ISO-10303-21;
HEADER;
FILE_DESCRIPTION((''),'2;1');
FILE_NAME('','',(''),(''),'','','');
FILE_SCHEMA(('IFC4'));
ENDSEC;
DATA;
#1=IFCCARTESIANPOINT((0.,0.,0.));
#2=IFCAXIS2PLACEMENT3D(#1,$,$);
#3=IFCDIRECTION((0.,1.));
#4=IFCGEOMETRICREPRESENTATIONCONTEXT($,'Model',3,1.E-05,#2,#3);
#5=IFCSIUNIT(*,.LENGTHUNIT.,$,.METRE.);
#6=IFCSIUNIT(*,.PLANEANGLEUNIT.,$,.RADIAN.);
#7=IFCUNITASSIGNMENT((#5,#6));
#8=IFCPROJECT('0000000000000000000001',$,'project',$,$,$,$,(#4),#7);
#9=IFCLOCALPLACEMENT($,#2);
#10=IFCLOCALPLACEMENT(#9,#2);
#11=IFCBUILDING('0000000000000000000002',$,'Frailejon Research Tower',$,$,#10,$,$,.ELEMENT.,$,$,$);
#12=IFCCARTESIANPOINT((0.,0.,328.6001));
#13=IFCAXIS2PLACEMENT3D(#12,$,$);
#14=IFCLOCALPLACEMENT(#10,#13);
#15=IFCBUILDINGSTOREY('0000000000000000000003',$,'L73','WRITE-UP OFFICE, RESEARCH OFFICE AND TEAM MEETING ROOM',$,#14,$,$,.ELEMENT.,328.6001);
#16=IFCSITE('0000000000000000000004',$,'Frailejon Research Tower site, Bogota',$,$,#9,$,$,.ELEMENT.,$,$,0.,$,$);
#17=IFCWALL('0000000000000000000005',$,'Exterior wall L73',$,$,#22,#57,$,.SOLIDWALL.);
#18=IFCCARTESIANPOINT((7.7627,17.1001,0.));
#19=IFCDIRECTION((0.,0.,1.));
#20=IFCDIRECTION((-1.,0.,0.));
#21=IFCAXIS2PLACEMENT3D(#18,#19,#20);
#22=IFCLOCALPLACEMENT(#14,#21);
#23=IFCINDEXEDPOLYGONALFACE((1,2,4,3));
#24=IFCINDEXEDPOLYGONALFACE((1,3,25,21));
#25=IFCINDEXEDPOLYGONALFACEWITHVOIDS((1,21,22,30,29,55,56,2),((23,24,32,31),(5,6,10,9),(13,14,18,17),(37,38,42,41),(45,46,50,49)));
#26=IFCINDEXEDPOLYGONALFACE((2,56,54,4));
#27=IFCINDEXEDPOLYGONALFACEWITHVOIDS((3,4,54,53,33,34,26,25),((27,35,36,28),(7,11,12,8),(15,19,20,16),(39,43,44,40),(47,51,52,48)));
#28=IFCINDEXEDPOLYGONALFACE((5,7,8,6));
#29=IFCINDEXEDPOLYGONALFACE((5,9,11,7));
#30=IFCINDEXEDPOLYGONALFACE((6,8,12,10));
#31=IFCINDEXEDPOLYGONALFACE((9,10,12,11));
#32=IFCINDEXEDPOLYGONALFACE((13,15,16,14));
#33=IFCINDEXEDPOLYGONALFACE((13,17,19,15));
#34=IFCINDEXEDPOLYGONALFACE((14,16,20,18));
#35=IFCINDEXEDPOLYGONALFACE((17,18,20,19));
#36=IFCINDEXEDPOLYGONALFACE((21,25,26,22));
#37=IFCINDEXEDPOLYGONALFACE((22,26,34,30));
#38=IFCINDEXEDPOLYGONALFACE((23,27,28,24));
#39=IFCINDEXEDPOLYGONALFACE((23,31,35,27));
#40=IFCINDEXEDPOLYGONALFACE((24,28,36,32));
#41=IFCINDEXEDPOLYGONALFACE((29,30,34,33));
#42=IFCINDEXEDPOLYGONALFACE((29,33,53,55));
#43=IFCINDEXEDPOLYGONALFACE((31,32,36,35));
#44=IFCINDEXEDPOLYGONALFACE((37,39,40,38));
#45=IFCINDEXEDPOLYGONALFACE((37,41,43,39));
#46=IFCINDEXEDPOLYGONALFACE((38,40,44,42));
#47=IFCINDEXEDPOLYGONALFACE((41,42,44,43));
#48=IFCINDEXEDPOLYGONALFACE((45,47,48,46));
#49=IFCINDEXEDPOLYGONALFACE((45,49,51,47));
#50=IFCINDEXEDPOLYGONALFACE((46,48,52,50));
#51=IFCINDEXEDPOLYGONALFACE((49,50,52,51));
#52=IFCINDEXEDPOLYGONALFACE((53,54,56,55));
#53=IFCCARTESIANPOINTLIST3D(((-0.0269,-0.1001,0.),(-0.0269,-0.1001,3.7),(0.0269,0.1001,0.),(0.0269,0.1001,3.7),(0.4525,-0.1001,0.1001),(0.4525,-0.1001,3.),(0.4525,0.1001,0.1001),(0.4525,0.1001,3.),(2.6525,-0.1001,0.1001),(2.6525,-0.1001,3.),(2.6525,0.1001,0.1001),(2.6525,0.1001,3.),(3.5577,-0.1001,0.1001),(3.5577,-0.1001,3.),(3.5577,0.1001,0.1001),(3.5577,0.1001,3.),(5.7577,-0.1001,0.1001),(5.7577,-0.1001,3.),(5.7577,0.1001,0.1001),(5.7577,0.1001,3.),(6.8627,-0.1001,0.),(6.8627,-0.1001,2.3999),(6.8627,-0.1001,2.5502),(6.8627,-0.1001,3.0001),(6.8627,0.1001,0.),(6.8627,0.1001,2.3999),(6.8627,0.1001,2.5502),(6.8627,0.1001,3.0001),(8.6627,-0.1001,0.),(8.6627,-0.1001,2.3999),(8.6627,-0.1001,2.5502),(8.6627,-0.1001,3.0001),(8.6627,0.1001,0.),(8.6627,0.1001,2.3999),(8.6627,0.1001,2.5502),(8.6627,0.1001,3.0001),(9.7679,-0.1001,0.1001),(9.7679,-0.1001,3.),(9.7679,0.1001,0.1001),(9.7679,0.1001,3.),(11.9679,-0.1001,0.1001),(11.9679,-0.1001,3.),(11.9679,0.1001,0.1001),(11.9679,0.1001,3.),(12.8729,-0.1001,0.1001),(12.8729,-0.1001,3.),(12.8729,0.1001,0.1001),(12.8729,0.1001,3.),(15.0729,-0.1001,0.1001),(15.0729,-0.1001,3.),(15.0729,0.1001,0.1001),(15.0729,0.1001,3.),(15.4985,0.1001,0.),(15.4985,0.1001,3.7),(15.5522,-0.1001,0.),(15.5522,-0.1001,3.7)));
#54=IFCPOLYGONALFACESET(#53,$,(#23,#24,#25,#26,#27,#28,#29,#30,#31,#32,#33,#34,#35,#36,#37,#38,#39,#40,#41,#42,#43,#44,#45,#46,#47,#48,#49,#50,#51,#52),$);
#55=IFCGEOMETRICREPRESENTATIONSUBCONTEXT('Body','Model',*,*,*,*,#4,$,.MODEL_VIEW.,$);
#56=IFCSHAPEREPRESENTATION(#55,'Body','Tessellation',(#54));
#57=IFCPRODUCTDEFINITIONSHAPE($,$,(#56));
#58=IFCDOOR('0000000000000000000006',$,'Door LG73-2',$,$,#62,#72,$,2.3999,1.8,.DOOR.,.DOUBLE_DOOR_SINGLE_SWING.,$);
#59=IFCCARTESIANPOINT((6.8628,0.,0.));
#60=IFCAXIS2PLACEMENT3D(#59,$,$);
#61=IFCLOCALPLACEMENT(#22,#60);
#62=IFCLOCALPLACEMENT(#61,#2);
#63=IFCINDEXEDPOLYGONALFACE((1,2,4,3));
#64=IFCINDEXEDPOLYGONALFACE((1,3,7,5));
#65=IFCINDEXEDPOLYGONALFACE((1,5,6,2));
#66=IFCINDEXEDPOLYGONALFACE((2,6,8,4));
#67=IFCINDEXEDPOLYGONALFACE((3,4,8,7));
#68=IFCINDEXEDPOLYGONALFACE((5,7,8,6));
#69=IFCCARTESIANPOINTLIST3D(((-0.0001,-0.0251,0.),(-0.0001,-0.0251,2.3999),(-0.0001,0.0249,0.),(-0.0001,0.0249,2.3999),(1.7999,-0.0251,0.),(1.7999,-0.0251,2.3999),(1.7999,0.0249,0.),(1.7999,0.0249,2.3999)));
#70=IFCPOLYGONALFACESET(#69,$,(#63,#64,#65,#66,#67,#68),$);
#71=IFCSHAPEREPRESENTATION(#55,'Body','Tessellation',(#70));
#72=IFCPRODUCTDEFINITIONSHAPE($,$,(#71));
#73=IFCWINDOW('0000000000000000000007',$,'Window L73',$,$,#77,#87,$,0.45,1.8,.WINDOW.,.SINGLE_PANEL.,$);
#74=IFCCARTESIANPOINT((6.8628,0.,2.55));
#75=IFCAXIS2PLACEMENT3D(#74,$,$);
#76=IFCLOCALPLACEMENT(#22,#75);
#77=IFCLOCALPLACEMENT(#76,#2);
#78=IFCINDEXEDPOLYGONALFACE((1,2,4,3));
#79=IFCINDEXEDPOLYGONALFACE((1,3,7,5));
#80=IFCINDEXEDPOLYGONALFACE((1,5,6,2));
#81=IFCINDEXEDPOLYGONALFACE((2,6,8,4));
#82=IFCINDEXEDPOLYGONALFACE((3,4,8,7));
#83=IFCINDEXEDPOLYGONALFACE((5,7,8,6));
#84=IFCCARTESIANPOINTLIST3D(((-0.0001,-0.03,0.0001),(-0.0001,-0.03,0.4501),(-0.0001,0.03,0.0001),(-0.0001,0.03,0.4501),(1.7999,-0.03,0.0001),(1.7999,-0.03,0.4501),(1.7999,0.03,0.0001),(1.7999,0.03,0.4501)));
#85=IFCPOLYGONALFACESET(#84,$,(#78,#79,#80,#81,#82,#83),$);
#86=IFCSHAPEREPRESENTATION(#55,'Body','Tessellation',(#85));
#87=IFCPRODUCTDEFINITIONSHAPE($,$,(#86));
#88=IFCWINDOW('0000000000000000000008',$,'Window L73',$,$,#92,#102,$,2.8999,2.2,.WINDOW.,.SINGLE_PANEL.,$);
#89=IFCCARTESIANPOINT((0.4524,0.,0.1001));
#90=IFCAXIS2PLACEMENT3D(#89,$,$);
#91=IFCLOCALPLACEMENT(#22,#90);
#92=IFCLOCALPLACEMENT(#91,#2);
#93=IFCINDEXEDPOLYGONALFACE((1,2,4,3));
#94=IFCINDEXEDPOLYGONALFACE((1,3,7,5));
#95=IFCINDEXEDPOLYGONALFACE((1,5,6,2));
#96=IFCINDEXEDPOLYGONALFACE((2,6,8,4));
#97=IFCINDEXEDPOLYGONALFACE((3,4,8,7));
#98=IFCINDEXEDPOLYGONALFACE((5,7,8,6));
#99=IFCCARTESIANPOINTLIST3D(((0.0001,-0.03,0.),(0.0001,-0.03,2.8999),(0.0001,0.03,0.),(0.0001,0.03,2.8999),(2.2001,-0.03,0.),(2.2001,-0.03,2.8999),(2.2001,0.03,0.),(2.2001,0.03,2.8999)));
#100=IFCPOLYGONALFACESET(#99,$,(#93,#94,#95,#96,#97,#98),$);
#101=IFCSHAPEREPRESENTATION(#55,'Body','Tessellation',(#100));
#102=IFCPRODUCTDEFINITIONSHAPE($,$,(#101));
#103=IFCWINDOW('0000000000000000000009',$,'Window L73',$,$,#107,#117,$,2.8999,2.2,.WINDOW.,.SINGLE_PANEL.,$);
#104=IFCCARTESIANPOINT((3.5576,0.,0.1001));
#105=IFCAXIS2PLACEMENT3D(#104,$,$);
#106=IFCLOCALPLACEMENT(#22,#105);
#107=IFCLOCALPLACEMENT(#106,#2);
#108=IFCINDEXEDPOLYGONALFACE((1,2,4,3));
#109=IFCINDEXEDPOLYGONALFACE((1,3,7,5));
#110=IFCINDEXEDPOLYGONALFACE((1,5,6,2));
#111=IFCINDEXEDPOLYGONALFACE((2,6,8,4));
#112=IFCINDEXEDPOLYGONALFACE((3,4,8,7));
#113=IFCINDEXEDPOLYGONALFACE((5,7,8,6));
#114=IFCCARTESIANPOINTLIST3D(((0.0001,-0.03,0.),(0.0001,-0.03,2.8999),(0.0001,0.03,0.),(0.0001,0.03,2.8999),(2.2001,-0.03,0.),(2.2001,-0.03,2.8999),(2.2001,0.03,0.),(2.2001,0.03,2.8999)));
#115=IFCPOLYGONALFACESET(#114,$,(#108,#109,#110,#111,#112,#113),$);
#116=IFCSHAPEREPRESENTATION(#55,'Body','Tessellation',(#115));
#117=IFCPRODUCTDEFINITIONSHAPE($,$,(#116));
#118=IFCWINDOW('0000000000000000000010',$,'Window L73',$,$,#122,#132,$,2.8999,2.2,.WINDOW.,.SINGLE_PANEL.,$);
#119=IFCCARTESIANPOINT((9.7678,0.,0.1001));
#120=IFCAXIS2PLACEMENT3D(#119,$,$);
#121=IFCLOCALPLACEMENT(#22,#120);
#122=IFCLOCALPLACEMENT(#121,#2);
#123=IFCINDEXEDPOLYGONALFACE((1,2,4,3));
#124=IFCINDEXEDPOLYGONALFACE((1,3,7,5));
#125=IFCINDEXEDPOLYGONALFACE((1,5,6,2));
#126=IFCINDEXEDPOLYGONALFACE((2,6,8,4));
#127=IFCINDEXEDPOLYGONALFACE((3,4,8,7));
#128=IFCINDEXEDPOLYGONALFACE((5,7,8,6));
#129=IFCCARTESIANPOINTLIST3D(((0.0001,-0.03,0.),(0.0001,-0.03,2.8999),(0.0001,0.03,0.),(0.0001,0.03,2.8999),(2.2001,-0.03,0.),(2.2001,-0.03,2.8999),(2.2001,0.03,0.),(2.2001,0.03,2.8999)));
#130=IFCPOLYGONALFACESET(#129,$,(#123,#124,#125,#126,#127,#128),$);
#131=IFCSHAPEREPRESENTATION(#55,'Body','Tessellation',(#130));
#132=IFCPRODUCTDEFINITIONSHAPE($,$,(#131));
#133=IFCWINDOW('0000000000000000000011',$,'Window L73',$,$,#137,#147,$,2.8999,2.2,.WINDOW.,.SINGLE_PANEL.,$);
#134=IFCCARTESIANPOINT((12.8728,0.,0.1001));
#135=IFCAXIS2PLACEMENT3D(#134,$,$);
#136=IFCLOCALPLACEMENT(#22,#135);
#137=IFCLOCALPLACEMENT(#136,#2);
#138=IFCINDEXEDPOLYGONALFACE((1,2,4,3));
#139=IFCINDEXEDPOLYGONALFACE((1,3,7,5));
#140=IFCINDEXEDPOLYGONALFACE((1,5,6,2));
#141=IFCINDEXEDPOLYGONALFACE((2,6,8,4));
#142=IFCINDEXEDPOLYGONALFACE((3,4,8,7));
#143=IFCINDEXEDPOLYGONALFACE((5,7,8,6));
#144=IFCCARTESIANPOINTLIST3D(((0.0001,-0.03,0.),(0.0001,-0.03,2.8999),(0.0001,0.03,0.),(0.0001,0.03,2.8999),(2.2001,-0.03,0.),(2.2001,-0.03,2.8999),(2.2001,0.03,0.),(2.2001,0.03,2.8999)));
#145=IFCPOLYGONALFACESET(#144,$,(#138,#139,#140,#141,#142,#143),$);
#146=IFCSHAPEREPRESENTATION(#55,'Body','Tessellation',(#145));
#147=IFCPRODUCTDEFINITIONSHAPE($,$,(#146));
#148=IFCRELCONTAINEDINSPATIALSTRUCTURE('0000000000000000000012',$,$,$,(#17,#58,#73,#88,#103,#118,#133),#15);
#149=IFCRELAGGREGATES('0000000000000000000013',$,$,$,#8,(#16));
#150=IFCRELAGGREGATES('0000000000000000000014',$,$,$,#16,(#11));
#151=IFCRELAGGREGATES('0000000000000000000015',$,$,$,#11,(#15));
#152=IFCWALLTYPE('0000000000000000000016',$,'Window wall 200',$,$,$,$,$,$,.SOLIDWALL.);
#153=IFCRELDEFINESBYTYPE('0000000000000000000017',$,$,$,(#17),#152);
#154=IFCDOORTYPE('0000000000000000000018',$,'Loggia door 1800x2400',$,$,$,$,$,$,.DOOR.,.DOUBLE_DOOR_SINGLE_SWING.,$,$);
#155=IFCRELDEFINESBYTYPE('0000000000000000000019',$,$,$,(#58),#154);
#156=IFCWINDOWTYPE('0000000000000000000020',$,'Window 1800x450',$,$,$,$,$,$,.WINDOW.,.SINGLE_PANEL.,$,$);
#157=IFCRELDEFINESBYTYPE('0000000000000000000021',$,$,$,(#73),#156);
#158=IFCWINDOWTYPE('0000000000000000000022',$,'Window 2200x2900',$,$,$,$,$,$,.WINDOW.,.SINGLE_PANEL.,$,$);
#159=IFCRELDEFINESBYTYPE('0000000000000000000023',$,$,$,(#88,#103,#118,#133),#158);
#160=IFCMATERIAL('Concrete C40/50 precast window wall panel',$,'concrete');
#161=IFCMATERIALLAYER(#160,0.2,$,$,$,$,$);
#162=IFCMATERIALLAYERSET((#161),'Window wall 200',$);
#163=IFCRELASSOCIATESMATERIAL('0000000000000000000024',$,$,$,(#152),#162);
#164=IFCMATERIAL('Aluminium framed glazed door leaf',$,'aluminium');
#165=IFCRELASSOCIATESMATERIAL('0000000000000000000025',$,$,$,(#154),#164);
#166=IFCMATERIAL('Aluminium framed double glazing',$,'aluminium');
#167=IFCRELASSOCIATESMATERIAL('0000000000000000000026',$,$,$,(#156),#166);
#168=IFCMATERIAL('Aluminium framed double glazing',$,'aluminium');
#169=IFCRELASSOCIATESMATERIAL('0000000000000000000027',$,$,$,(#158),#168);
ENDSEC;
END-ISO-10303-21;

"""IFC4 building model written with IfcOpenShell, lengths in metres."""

from ifc_helpers import new_model, si_unit, direction, frame, frame_2d, origin, place, context, subcontext, project, spatial, polyline, rectangle, outline, extrude, material, layer, layer_set, type_object, element, fill, save


model = new_model("IFC4")

# Units and contexts
model_context = context("Model", 3, precision=1e-05, world=origin(), true_north=direction((0.0, 1.0)))
body_context = subcontext(model_context, "Body", "Model", "MODEL_VIEW")
ifc_project = project(units=[si_unit("LENGTHUNIT", "METRE"), si_unit("PLANEANGLEUNIT", "RADIAN")], contexts=[model_context])

# Site, building, storey
site_placement = place(None, origin())
site = spatial("IfcSite", under=ifc_project, at=site_placement, Name="Frailejon Research Tower site, Bogota", CompositionType="ELEMENT", RefElevation=0.0)
building_placement = place(site_placement, origin())
building = spatial("IfcBuilding", under=site, at=building_placement, Name="Frailejon Research Tower", CompositionType="ELEMENT")
storey_placement = place(building_placement, frame((0.0, 0.0, 328.6001)))
storey = spatial("IfcBuildingStorey", under=building, at=storey_placement, Name="L73", Description="WRITE-UP OFFICE, RESEARCH OFFICE AND TEAM MEETING ROOM", CompositionType="ELEMENT", Elevation=328.6001)

# Wall, openings, door, windows
ifc_material_1 = material(Name="Concrete C40/50 precast window wall panel", Category="concrete")
ifc_layer_1 = layer(ifc_material_1, 0.2)
ifc_layer_set_1 = layer_set([ifc_layer_1], Name="Window wall 200")
wall_type_1 = type_object("IfcWallType", Name="Window wall 200", PredefinedType="SOLIDWALL", material=ifc_layer_set_1)
wall_1_placement = place(storey_placement, frame((7.7627, 17.1001, 0.0), z_axis=(0.0, 0.0, 1.0), x_axis=(-1.0, 0.0, 0.0)))
wall_1 = element("IfcWall", 1, at=wall_1_placement, inside=storey, type_object=wall_type_1, Name="Exterior wall L73", PredefinedType="SOLIDWALL", context=body_context, shape_type="SweptSolid", body=[
    extrude(outline(polyline([(-0.0269, -0.1001), (1.0117, -0.1001), (2.0503, -0.1001), (3.0889, -0.1001), (4.1277, -0.1001), (5.1663, -0.1001), (6.2048, -0.1001), (7.2434, -0.1001), (8.282, -0.1001), (9.3206, -0.1001), (10.3591, -0.1001), (11.3977, -0.1001), (12.4365, -0.1001), (13.4751, -0.1001), (14.5137, -0.1001), (15.5522, -0.1001), (15.4985, 0.1001), (14.467, 0.1001), (13.4355, 0.1001), (12.4043, 0.1001), (11.3728, 0.1001), (10.3413, 0.1001), (9.3098, 0.1001), (8.2783, 0.1001), (7.2471, 0.1001), (6.2156, 0.1001), (5.1841, 0.1001), (4.1526, 0.1001), (3.1211, 0.1001), (2.0898, 0.1001), (1.0583, 0.1001), (0.0269, 0.1001), (-0.0269, -0.1001)])), origin(), (0.0, 0.0, 1.0), 3.7),
])
opening_1_placement = place(wall_1_placement, frame((0.4524, 0.0, 0.1001)))
opening_1 = element("IfcOpeningElement", 2, at=opening_1_placement, cuts=wall_1, PredefinedType="OPENING", context=body_context, shape_type="SweptSolid", body=[
    extrude(rectangle(XDim=2.2, YDim=2.8999, at=frame_2d((1.1001, 1.45))), frame((0.0, 0.1099, 0.0), z_axis=(0.0, -1.0, 0.0), x_axis=(1.0, 0.0, 0.0)), (0.0, 0.0, 1.0), 0.22),
])
opening_2_placement = place(wall_1_placement, frame((3.5576, 0.0, 0.1001)))
opening_2 = element("IfcOpeningElement", 3, at=opening_2_placement, cuts=wall_1, PredefinedType="OPENING", context=body_context, shape_type="SweptSolid", body=[
    extrude(rectangle(XDim=2.2, YDim=2.8999, at=frame_2d((1.1001, 1.45))), frame((0.0, 0.1099, 0.0), z_axis=(0.0, -1.0, 0.0), x_axis=(1.0, 0.0, 0.0)), (0.0, 0.0, 1.0), 0.22),
])
opening_3_placement = place(wall_1_placement, frame((6.8628, 0.0, 0.0)))
opening_3 = element("IfcOpeningElement", 4, at=opening_3_placement, cuts=wall_1, PredefinedType="OPENING", context=body_context, shape_type="SweptSolid", body=[
    extrude(rectangle(XDim=1.8, YDim=2.3999, at=frame_2d((0.8999, 1.2))), frame((0.0, 0.1099, 0.0), z_axis=(0.0, -1.0, 0.0), x_axis=(1.0, 0.0, 0.0)), (0.0, 0.0, 1.0), 0.22),
])
opening_4_placement = place(wall_1_placement, frame((6.8628, 0.0, 2.55)))
opening_4 = element("IfcOpeningElement", 5, at=opening_4_placement, cuts=wall_1, PredefinedType="OPENING", context=body_context, shape_type="SweptSolid", body=[
    extrude(rectangle(XDim=1.8, YDim=0.45, at=frame_2d((0.8999, 0.2251))), frame((0.0, 0.1099, 0.0), z_axis=(0.0, -1.0, 0.0), x_axis=(1.0, 0.0, 0.0)), (0.0, 0.0, 1.0), 0.22),
])
opening_5_placement = place(wall_1_placement, frame((9.7678, 0.0, 0.1001)))
opening_5 = element("IfcOpeningElement", 6, at=opening_5_placement, cuts=wall_1, PredefinedType="OPENING", context=body_context, shape_type="SweptSolid", body=[
    extrude(rectangle(XDim=2.2, YDim=2.8999, at=frame_2d((1.1001, 1.45))), frame((0.0, 0.1099, 0.0), z_axis=(0.0, -1.0, 0.0), x_axis=(1.0, 0.0, 0.0)), (0.0, 0.0, 1.0), 0.22),
])
opening_6_placement = place(wall_1_placement, frame((12.8728, 0.0, 0.1001)))
opening_6 = element("IfcOpeningElement", 7, at=opening_6_placement, cuts=wall_1, PredefinedType="OPENING", context=body_context, shape_type="SweptSolid", body=[
    extrude(rectangle(XDim=2.2, YDim=2.8999, at=frame_2d((1.1001, 1.45))), frame((0.0, 0.1099, 0.0), z_axis=(0.0, -1.0, 0.0), x_axis=(1.0, 0.0, 0.0)), (0.0, 0.0, 1.0), 0.22),
])
ifc_material_2 = material(Name="Aluminium framed glazed door leaf", Category="aluminium")
door_type = type_object("IfcDoorType", Name="Loggia door 1800x2400", OperationType="DOUBLE_DOOR_SINGLE_SWING", PredefinedType="DOOR", material=ifc_material_2)
door_placement = place(opening_3_placement, origin())
door = element("IfcDoor", 8, at=door_placement, inside=storey, type_object=door_type, Name="Door LG73-2", OperationType="DOUBLE_DOOR_SINGLE_SWING", OverallHeight=2.3999, OverallWidth=1.8, PredefinedType="DOOR", context=body_context, shape_type="SweptSolid", body=[
    extrude(rectangle(XDim=1.8, YDim=2.3999, at=frame_2d((0.8999, 1.2))), frame((0.0, 0.0249, 0.0), z_axis=(0.0, -1.0, 0.0), x_axis=(1.0, 0.0, 0.0)), (0.0, 0.0, 1.0), 0.05),
])
fill(opening_3, door)
ifc_material_3 = material(Name="Aluminium framed double glazing", Category="aluminium")
window_type_1 = type_object("IfcWindowType", Name="Window 1800x450", PartitioningType="SINGLE_PANEL", PredefinedType="WINDOW", material=ifc_material_3)
window_1_placement = place(opening_4_placement, origin())
window_1 = element("IfcWindow", 9, at=window_1_placement, inside=storey, type_object=window_type_1, Name="Window L73", OverallHeight=0.45, OverallWidth=1.8, PartitioningType="SINGLE_PANEL", PredefinedType="WINDOW", context=body_context, shape_type="SweptSolid", body=[
    extrude(rectangle(XDim=1.8, YDim=0.45, at=frame_2d((0.8999, 0.2251))), frame((0.0, 0.03, 0.0), z_axis=(0.0, -1.0, 0.0), x_axis=(1.0, 0.0, 0.0)), (0.0, 0.0, 1.0), 0.0601),
])
fill(opening_4, window_1)
ifc_material_4 = material(Name="Aluminium framed double glazing", Category="aluminium")
window_type_2 = type_object("IfcWindowType", Name="Window 2200x2900", PartitioningType="SINGLE_PANEL", PredefinedType="WINDOW", material=ifc_material_4)
window_2_placement = place(opening_1_placement, origin())
window_2 = element("IfcWindow", 10, at=window_2_placement, inside=storey, type_object=window_type_2, Name="Window L73", OverallHeight=2.8999, OverallWidth=2.2, PartitioningType="SINGLE_PANEL", PredefinedType="WINDOW", context=body_context, shape_type="SweptSolid", body=[
    extrude(rectangle(XDim=2.2, YDim=2.8999, at=frame_2d((1.1001, 1.45))), frame((0.0, 0.03, 0.0), z_axis=(0.0, -1.0, 0.0), x_axis=(1.0, 0.0, 0.0)), (0.0, 0.0, 1.0), 0.0601),
])
fill(opening_1, window_2)
window_3_placement = place(opening_2_placement, origin())
window_3 = element("IfcWindow", 11, at=window_3_placement, inside=storey, type_object=window_type_2, Name="Window L73", OverallHeight=2.8999, OverallWidth=2.2, PartitioningType="SINGLE_PANEL", PredefinedType="WINDOW", context=body_context, shape_type="SweptSolid", body=[
    extrude(rectangle(XDim=2.2, YDim=2.8999, at=frame_2d((1.1001, 1.45))), frame((0.0, 0.03, 0.0), z_axis=(0.0, -1.0, 0.0), x_axis=(1.0, 0.0, 0.0)), (0.0, 0.0, 1.0), 0.0601),
])
fill(opening_2, window_3)
window_4_placement = place(opening_5_placement, origin())
window_4 = element("IfcWindow", 12, at=window_4_placement, inside=storey, type_object=window_type_2, Name="Window L73", OverallHeight=2.8999, OverallWidth=2.2, PartitioningType="SINGLE_PANEL", PredefinedType="WINDOW", context=body_context, shape_type="SweptSolid", body=[
    extrude(rectangle(XDim=2.2, YDim=2.8999, at=frame_2d((1.1001, 1.45))), frame((0.0, 0.03, 0.0), z_axis=(0.0, -1.0, 0.0), x_axis=(1.0, 0.0, 0.0)), (0.0, 0.0, 1.0), 0.0601),
])
fill(opening_5, window_4)
window_5_placement = place(opening_6_placement, origin())
window_5 = element("IfcWindow", 13, at=window_5_placement, inside=storey, type_object=window_type_2, Name="Window L73", OverallHeight=2.8999, OverallWidth=2.2, PartitioningType="SINGLE_PANEL", PredefinedType="WINDOW", context=body_context, shape_type="SweptSolid", body=[
    extrude(rectangle(XDim=2.2, YDim=2.8999, at=frame_2d((1.1001, 1.45))), frame((0.0, 0.03, 0.0), z_axis=(0.0, -1.0, 0.0), x_axis=(1.0, 0.0, 0.0)), (0.0, 0.0, 1.0), 0.0601),
])
fill(opening_6, window_5)

save(model, "model.ifc")
